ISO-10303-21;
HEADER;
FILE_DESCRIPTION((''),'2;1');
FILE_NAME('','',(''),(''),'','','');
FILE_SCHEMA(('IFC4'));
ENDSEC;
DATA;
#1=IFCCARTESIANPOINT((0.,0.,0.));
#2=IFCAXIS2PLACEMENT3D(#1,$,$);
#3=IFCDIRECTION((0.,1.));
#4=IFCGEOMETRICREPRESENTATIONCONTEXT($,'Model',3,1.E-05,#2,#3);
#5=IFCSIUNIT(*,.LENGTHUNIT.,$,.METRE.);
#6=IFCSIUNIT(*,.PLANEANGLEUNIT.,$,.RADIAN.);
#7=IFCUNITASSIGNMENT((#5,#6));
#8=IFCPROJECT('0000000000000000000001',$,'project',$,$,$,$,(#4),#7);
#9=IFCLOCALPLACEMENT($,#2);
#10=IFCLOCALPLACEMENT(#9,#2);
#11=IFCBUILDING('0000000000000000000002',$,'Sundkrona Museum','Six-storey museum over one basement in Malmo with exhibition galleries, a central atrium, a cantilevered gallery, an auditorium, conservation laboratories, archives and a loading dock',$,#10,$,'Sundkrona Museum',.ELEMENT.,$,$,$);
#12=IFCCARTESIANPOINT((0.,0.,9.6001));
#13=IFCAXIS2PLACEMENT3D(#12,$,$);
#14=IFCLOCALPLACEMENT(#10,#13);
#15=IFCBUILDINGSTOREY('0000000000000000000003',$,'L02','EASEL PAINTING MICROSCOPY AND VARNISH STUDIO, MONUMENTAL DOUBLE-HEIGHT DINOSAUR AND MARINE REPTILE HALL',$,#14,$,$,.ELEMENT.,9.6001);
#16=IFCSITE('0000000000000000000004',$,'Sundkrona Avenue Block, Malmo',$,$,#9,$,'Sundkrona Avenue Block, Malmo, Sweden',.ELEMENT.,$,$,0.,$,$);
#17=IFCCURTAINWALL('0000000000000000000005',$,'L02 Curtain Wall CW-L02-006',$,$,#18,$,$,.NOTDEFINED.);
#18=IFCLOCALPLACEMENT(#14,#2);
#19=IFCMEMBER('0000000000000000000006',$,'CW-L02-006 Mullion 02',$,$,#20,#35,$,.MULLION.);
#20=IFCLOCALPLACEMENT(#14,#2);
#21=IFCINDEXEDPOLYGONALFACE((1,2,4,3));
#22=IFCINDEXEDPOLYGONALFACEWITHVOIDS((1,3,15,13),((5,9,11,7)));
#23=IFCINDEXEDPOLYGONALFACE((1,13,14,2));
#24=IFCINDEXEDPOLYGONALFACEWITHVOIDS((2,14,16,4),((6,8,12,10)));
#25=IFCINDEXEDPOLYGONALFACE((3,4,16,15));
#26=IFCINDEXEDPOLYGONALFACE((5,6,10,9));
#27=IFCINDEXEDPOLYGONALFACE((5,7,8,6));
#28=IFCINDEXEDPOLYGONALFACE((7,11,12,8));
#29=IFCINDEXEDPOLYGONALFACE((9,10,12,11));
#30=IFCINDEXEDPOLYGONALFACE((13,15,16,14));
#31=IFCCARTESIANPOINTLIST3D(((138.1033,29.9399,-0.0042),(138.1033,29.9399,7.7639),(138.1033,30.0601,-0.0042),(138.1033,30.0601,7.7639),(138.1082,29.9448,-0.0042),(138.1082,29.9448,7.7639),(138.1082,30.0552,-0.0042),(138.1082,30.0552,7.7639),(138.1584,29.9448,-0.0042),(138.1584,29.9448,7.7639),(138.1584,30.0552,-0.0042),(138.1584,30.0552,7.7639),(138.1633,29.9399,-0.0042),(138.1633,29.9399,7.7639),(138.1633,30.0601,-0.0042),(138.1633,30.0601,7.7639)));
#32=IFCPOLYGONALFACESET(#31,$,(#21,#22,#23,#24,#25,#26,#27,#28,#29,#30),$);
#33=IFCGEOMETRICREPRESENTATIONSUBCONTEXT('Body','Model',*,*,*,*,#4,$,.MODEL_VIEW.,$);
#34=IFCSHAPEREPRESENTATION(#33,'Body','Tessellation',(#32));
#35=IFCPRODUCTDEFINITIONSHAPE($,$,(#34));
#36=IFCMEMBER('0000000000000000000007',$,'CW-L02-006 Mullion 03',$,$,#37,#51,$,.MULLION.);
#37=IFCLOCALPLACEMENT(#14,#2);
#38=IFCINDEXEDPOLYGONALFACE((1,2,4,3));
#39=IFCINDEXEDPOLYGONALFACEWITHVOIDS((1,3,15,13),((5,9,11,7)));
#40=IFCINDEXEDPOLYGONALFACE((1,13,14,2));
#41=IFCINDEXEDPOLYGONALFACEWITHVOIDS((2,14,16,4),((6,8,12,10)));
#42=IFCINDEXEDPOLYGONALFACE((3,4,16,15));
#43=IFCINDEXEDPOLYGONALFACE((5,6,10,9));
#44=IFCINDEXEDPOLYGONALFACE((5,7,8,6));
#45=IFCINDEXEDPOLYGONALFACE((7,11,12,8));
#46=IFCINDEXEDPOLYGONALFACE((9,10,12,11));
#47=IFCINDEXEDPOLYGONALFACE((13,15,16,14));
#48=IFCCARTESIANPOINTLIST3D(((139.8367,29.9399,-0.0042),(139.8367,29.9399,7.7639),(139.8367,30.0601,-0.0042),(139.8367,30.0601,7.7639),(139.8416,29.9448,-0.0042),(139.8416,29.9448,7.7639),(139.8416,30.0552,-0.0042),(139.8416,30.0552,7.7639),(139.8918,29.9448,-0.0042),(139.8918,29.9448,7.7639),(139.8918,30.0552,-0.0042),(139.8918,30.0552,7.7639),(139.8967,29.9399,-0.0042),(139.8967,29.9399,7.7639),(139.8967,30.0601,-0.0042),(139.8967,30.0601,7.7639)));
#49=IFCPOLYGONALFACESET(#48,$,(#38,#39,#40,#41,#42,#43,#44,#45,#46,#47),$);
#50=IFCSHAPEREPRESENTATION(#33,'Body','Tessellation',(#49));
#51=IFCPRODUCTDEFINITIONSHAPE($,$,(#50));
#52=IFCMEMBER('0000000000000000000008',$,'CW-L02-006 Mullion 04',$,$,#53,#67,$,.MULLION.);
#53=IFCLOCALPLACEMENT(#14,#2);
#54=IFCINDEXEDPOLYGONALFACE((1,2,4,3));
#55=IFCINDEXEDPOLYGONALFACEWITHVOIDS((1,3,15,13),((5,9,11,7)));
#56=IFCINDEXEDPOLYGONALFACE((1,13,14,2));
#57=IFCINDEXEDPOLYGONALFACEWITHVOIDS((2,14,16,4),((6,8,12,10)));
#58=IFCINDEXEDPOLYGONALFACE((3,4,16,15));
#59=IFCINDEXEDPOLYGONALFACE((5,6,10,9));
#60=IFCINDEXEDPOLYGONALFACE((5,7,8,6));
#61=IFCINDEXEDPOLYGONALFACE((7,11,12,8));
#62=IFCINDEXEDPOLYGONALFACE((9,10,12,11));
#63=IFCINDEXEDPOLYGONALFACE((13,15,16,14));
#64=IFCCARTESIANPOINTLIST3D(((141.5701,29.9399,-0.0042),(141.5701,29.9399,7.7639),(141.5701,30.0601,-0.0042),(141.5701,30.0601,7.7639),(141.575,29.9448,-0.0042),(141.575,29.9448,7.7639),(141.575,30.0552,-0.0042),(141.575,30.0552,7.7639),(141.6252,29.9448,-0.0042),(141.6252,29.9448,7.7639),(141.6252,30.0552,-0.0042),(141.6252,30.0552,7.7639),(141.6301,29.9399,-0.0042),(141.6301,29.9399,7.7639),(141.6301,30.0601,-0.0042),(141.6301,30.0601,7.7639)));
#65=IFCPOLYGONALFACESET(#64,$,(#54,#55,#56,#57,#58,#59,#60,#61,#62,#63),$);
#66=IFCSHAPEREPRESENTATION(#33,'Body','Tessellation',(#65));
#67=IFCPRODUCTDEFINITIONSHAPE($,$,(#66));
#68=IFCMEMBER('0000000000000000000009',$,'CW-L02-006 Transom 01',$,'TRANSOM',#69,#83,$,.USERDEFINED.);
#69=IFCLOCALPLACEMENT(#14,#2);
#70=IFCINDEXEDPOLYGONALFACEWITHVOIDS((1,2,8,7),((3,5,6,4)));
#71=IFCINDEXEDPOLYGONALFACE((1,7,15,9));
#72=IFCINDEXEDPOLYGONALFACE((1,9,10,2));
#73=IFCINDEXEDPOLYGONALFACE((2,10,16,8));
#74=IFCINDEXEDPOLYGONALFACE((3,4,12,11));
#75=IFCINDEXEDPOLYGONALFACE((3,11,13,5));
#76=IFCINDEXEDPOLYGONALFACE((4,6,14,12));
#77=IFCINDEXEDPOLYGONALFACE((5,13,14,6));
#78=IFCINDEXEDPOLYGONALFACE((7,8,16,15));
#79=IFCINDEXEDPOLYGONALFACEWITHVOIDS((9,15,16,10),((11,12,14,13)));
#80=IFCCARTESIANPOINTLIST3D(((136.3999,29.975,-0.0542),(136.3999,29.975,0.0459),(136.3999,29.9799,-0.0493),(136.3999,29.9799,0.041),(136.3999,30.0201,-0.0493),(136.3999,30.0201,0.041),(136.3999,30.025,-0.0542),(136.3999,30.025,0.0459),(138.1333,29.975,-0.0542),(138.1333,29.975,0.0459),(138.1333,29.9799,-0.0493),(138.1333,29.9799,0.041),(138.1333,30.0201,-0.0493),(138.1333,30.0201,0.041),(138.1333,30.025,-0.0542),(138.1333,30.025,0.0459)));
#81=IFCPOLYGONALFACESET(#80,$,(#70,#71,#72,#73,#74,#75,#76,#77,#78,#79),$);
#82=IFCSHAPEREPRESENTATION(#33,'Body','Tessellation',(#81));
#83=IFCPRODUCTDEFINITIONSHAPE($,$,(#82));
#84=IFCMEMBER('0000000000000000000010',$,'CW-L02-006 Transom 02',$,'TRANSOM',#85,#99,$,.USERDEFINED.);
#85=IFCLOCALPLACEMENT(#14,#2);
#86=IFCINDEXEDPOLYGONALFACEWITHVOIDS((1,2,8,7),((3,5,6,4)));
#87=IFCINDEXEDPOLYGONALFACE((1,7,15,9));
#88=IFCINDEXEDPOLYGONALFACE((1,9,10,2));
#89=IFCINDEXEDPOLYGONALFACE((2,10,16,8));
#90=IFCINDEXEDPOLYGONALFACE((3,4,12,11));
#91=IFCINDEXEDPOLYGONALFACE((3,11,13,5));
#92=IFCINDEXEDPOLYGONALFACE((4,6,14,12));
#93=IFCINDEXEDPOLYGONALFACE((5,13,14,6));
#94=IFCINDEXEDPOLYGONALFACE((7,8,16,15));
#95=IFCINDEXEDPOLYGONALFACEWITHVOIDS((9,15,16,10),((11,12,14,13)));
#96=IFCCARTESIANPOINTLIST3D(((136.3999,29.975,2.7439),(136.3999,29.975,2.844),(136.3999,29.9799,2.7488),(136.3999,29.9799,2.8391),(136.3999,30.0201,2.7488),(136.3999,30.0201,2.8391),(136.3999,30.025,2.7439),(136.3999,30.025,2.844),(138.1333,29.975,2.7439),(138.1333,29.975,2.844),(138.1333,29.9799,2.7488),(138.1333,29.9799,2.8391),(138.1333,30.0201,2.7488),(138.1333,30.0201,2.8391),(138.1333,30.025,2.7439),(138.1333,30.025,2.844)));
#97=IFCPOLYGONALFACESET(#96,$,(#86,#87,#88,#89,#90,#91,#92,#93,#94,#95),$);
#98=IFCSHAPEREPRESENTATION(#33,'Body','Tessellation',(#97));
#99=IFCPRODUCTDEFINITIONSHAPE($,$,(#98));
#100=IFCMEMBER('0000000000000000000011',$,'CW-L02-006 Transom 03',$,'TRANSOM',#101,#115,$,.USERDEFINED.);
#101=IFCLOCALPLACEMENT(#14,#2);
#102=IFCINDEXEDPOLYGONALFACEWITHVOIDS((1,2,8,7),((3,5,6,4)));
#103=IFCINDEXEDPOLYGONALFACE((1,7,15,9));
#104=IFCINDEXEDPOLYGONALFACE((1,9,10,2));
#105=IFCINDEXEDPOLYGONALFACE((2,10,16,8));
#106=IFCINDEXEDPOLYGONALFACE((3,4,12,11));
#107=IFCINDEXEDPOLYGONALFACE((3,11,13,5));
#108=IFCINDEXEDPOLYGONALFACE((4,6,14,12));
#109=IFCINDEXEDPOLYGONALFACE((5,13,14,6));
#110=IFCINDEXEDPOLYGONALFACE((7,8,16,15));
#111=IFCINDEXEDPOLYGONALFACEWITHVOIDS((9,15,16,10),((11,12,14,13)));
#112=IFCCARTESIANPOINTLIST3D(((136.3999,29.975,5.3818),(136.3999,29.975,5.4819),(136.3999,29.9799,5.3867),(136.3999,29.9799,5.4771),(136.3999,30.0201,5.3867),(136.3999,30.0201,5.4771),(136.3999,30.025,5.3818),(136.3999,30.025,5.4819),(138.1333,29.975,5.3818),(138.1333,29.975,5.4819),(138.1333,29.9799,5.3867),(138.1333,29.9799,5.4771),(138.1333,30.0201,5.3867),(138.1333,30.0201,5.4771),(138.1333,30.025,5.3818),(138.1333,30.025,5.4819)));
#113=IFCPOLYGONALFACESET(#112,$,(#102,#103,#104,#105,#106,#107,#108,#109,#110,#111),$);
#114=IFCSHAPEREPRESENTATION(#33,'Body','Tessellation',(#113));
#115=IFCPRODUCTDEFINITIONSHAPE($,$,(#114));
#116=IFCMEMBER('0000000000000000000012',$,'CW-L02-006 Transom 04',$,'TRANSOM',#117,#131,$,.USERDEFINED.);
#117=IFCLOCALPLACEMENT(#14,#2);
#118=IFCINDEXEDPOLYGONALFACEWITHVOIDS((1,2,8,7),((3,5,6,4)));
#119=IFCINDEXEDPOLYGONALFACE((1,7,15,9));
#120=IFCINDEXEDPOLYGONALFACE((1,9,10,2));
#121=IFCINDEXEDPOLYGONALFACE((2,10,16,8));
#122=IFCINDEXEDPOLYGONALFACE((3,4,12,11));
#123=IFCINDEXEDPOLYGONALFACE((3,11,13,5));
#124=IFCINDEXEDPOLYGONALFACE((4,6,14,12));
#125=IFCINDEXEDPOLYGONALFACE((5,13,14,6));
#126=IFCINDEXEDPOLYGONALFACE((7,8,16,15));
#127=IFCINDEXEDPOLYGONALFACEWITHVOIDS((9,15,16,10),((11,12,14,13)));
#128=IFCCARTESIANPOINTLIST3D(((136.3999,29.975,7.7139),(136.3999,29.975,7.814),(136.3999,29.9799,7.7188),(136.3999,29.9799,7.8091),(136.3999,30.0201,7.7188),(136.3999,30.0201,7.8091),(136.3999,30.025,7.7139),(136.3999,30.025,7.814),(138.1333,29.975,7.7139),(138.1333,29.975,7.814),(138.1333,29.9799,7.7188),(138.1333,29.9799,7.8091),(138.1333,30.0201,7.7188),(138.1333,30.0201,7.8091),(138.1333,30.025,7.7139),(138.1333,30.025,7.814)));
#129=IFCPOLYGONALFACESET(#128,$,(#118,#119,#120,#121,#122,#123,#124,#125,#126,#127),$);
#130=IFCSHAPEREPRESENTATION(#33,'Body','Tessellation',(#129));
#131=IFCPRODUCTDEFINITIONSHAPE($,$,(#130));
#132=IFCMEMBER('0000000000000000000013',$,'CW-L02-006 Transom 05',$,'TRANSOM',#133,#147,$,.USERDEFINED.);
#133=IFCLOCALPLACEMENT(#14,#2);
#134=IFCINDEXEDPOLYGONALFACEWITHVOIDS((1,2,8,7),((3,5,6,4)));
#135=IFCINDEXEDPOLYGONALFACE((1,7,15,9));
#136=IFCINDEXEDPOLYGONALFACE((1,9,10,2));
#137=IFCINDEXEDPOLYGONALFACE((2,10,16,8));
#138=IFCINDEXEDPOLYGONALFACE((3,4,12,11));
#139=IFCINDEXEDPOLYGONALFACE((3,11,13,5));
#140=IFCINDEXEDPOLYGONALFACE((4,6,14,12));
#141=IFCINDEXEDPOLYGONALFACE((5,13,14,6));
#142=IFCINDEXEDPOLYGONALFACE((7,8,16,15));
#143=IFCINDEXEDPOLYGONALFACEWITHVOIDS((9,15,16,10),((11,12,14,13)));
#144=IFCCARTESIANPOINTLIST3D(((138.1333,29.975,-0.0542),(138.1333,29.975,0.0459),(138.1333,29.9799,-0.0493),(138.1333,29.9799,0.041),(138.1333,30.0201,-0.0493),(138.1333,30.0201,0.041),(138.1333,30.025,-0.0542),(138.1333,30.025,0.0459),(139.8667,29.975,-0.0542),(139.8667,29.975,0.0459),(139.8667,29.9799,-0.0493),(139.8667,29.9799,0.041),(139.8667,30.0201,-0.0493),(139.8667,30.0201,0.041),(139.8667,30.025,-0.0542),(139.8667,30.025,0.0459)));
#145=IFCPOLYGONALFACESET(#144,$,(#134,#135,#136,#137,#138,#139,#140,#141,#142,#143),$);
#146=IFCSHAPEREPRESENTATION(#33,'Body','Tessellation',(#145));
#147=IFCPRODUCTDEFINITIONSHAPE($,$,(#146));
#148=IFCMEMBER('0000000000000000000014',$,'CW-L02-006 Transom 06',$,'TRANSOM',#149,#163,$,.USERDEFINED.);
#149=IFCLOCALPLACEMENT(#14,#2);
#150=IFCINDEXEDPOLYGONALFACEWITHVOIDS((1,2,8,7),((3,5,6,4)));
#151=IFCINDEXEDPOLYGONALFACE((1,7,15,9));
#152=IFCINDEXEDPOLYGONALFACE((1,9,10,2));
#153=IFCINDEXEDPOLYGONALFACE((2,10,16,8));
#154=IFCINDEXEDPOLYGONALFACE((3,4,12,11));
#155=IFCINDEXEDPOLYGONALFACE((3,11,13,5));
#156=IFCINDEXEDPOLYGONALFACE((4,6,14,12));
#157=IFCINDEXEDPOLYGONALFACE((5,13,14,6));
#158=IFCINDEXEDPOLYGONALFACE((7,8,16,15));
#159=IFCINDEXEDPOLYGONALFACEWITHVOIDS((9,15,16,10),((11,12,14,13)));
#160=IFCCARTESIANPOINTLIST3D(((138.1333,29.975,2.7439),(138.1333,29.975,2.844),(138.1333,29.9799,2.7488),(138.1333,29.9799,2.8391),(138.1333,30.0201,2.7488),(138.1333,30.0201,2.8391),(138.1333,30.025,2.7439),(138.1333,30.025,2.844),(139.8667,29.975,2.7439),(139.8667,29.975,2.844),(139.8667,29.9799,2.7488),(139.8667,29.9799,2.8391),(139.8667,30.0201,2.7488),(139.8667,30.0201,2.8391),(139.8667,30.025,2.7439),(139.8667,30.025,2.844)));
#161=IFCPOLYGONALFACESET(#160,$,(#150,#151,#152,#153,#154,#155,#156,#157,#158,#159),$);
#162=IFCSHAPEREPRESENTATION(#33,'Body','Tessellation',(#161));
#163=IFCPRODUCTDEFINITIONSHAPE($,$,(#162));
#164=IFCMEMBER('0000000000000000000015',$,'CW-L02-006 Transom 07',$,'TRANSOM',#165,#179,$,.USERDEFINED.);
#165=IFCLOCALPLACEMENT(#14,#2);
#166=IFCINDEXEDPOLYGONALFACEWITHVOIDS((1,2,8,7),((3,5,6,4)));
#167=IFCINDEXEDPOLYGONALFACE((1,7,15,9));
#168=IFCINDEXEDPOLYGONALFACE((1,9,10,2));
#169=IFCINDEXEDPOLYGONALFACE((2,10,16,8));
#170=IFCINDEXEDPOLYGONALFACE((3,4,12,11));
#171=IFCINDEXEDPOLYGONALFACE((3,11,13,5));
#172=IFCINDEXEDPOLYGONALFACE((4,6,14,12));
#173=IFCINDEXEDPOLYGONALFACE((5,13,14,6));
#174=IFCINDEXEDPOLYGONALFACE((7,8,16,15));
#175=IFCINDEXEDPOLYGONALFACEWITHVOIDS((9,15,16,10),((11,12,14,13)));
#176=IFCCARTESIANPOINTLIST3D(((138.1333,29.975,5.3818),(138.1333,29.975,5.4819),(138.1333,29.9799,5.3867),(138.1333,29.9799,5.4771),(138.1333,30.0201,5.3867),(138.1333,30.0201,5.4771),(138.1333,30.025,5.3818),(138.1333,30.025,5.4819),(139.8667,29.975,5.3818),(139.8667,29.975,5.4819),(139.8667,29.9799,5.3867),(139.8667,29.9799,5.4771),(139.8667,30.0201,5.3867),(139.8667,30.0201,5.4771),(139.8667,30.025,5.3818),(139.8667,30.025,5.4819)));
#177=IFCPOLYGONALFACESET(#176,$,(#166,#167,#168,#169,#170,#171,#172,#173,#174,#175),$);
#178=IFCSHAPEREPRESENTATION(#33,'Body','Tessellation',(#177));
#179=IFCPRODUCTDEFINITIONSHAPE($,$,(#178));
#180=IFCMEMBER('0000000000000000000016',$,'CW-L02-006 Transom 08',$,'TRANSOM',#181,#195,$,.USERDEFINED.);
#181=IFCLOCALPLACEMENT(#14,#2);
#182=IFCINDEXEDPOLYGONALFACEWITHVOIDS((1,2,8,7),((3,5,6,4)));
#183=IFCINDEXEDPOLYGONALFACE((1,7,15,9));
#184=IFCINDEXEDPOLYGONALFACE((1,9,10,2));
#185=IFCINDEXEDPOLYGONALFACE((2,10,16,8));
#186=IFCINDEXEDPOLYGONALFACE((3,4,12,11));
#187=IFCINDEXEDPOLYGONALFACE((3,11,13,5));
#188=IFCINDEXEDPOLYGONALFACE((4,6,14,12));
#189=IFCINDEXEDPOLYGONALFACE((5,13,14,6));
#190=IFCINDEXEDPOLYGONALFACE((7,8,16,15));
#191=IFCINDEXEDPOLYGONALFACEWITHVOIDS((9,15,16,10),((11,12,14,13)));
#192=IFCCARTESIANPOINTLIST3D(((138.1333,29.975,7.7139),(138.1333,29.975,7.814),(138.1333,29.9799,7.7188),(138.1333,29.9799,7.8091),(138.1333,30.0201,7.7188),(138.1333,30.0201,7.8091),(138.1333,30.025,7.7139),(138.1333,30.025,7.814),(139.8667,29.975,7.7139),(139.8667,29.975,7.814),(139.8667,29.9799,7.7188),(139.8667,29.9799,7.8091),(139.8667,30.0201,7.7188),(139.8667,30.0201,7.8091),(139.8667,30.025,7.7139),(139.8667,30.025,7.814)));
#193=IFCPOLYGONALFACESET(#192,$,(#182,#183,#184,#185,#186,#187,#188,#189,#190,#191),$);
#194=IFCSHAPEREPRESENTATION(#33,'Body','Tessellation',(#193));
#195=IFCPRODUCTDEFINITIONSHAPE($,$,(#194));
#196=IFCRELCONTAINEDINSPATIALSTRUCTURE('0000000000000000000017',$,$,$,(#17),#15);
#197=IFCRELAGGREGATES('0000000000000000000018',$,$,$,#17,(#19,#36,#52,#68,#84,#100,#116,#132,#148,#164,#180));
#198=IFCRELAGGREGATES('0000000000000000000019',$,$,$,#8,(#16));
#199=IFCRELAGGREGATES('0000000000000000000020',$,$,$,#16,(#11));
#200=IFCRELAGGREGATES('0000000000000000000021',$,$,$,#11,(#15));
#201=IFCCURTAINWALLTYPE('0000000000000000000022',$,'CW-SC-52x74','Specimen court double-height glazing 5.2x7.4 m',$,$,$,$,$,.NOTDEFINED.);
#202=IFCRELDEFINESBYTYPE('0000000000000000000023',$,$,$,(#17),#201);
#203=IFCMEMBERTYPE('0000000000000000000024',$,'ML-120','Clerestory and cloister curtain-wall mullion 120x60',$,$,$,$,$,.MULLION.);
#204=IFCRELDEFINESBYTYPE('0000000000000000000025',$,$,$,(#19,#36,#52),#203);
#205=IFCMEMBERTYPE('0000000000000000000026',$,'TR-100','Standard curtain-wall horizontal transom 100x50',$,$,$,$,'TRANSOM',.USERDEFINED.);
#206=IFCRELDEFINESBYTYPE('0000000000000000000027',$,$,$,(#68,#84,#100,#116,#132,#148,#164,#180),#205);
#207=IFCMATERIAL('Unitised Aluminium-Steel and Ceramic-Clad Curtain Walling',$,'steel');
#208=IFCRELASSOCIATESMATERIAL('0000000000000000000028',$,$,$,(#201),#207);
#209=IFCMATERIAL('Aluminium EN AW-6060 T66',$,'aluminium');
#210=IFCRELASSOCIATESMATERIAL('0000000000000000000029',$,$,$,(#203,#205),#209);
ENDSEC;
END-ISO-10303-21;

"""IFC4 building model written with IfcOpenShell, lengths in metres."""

from ifc_helpers import new_model, si_unit, direction, frame, origin, origin_2d, place, context, subcontext, project, spatial, hollow_rectangle, extrude, material, material_profile, profile_set, type_object, element, aggregate, save


model = new_model("IFC4")

# Units and contexts
model_context = context("Model", 3, precision=1e-05, world=origin(), true_north=direction((0.0, 1.0)))
body_context = subcontext(model_context, "Body", "Model", "MODEL_VIEW")
ifc_project = project(units=[si_unit("LENGTHUNIT", "METRE"), si_unit("PLANEANGLEUNIT", "RADIAN")], contexts=[model_context])

# Site, building, storey
site_placement = place(None, origin())
site = spatial("IfcSite", under=ifc_project, at=site_placement, Name="Sundkrona Avenue Block, Malmo", LongName="Sundkrona Avenue Block, Malmo, Sweden", CompositionType="ELEMENT", RefElevation=0.0)
building_placement = place(site_placement, origin())
building = spatial("IfcBuilding", under=site, at=building_placement, Name="Sundkrona Museum", Description="Six-storey museum over one basement in Malmo with exhibition galleries, a central atrium, a cantilevered gallery, an auditorium, conservation laboratories, archives and a loading dock", LongName="Sundkrona Museum", CompositionType="ELEMENT")
storey_placement = place(building_placement, frame((0.0, 0.0, 9.6001)))
storey = spatial("IfcBuildingStorey", under=building, at=storey_placement, Name="L02", Description="EASEL PAINTING MICROSCOPY AND VARNISH STUDIO, MONUMENTAL DOUBLE-HEIGHT DINOSAUR AND MARINE REPTILE HALL", CompositionType="ELEMENT", Elevation=9.6001)

# Curtain wall, members
ifc_material_1 = material(Name="Unitised Aluminium-Steel and Ceramic-Clad Curtain Walling", Category="steel")
curtain_wall_type = type_object("IfcCurtainWallType", Name="CW-SC-52x74", Description="Specimen court double-height glazing 5.2x7.4 m", PredefinedType="NOTDEFINED", material=ifc_material_1)
curtain_wall_placement = place(storey_placement, origin())
curtain_wall = element("IfcCurtainWall", 1, at=curtain_wall_placement, inside=storey, type_object=curtain_wall_type, Name="L02 Curtain Wall CW-L02-006", PredefinedType="NOTDEFINED")
ifc_material_2 = material(Name="Aluminium EN AW-6060 T66", Category="aluminium")
ifc_material_profile_1 = material_profile(ifc_material_2, hollow_rectangle(XDim=0.0601, YDim=0.1201, WallThickness=0.0049, at=origin_2d()), Name="RHS 120x60x5.0")
ifc_profile_set_1 = profile_set([ifc_material_profile_1], Name="Aluminium EN AW-6060 T66")
member_type_1 = type_object("IfcMemberType", Name="ML-120", Description="Clerestory and cloister curtain-wall mullion 120x60", PredefinedType="MULLION", material=ifc_profile_set_1)
member_1_placement = place(storey_placement, frame((138.1333, 30.0, -0.0042), z_axis=(0.0, 0.0, 1.0), x_axis=(1.0, 0.0, 0.0)))
member_1 = element("IfcMember", 2, at=member_1_placement, type_object=member_type_1, Name="CW-L02-006 Mullion 02", PredefinedType="MULLION", context=body_context, shape_type="SweptSolid", body=[
    extrude(hollow_rectangle(XDim=0.0601, YDim=0.1201, WallThickness=0.0049, at=origin_2d()), origin(), (0.0, 0.0, 1.0), 7.7681),
])
member_2_placement = place(storey_placement, frame((139.8667, 30.0, -0.0042), z_axis=(0.0, 0.0, 1.0), x_axis=(1.0, 0.0, 0.0)))
member_2 = element("IfcMember", 3, at=member_2_placement, type_object=member_type_1, Name="CW-L02-006 Mullion 03", PredefinedType="MULLION", context=body_context, shape_type="SweptSolid", body=[
    extrude(hollow_rectangle(XDim=0.0601, YDim=0.1201, WallThickness=0.0049, at=origin_2d()), origin(), (0.0, 0.0, 1.0), 7.7681),
])
member_3_placement = place(storey_placement, frame((141.6001, 30.0, -0.0042), z_axis=(0.0, 0.0, 1.0), x_axis=(1.0, 0.0, 0.0)))
member_3 = element("IfcMember", 4, at=member_3_placement, type_object=member_type_1, Name="CW-L02-006 Mullion 04", PredefinedType="MULLION", context=body_context, shape_type="SweptSolid", body=[
    extrude(hollow_rectangle(XDim=0.0601, YDim=0.1201, WallThickness=0.0049, at=origin_2d()), origin(), (0.0, 0.0, 1.0), 7.7681),
])
ifc_material_profile_2 = material_profile(ifc_material_2, hollow_rectangle(XDim=0.05, YDim=0.1001, WallThickness=0.0049, at=origin_2d()), Name="RHS 100x50x5.0")
ifc_profile_set_2 = profile_set([ifc_material_profile_2], Name="Aluminium EN AW-6060 T66")
member_type_2 = type_object("IfcMemberType", Name="TR-100", Description="Standard curtain-wall horizontal transom 100x50", ElementType="TRANSOM", PredefinedType="USERDEFINED", material=ifc_profile_set_2)
member_4_placement = place(storey_placement, frame((136.3999, 30.0, -0.0042), z_axis=(1.0, 0.0, 0.0), x_axis=(0.0, 1.0, 0.0)))
member_4 = element("IfcMember", 5, at=member_4_placement, type_object=member_type_2, Name="CW-L02-006 Transom 01", ObjectType="TRANSOM", PredefinedType="USERDEFINED", context=body_context, shape_type="SweptSolid", body=[
    extrude(hollow_rectangle(XDim=0.05, YDim=0.1001, WallThickness=0.0049, at=origin_2d()), origin(), (0.0, 0.0, 1.0), 1.7334),
])
member_5_placement = place(storey_placement, frame((136.3999, 30.0, 2.7939), z_axis=(1.0, 0.0, 0.0), x_axis=(0.0, 1.0, 0.0)))
member_5 = element("IfcMember", 6, at=member_5_placement, type_object=member_type_2, Name="CW-L02-006 Transom 02", ObjectType="TRANSOM", PredefinedType="USERDEFINED", context=body_context, shape_type="SweptSolid", body=[
    extrude(hollow_rectangle(XDim=0.05, YDim=0.1001, WallThickness=0.0049, at=origin_2d()), origin(), (0.0, 0.0, 1.0), 1.7334),
])
member_6_placement = place(storey_placement, frame((136.3999, 30.0, 5.4319), z_axis=(1.0, 0.0, 0.0), x_axis=(0.0, 1.0, 0.0)))
member_6 = element("IfcMember", 7, at=member_6_placement, type_object=member_type_2, Name="CW-L02-006 Transom 03", ObjectType="TRANSOM", PredefinedType="USERDEFINED", context=body_context, shape_type="SweptSolid", body=[
    extrude(hollow_rectangle(XDim=0.05, YDim=0.1001, WallThickness=0.0049, at=origin_2d()), origin(), (0.0, 0.0, 1.0), 1.7334),
])
member_7_placement = place(storey_placement, frame((136.3999, 30.0, 7.7639), z_axis=(1.0, 0.0, 0.0), x_axis=(0.0, 1.0, 0.0)))
member_7 = element("IfcMember", 8, at=member_7_placement, type_object=member_type_2, Name="CW-L02-006 Transom 04", ObjectType="TRANSOM", PredefinedType="USERDEFINED", context=body_context, shape_type="SweptSolid", body=[
    extrude(hollow_rectangle(XDim=0.05, YDim=0.1001, WallThickness=0.0049, at=origin_2d()), origin(), (0.0, 0.0, 1.0), 1.7334),
])
member_8_placement = place(storey_placement, frame((138.1333, 30.0, -0.0042), z_axis=(1.0, 0.0, 0.0), x_axis=(0.0, 1.0, 0.0)))
member_8 = element("IfcMember", 9, at=member_8_placement, type_object=member_type_2, Name="CW-L02-006 Transom 05", ObjectType="TRANSOM", PredefinedType="USERDEFINED", context=body_context, shape_type="SweptSolid", body=[
    extrude(hollow_rectangle(XDim=0.05, YDim=0.1001, WallThickness=0.0049, at=origin_2d()), origin(), (0.0, 0.0, 1.0), 1.7334),
])
member_9_placement = place(storey_placement, frame((138.1333, 30.0, 2.7939), z_axis=(1.0, 0.0, 0.0), x_axis=(0.0, 1.0, 0.0)))
member_9 = element("IfcMember", 10, at=member_9_placement, type_object=member_type_2, Name="CW-L02-006 Transom 06", ObjectType="TRANSOM", PredefinedType="USERDEFINED", context=body_context, shape_type="SweptSolid", body=[
    extrude(hollow_rectangle(XDim=0.05, YDim=0.1001, WallThickness=0.0049, at=origin_2d()), origin(), (0.0, 0.0, 1.0), 1.7334),
])
member_10_placement = place(storey_placement, frame((138.1333, 30.0, 5.4319), z_axis=(1.0, 0.0, 0.0), x_axis=(0.0, 1.0, 0.0)))
member_10 = element("IfcMember", 11, at=member_10_placement, type_object=member_type_2, Name="CW-L02-006 Transom 07", ObjectType="TRANSOM", PredefinedType="USERDEFINED", context=body_context, shape_type="SweptSolid", body=[
    extrude(hollow_rectangle(XDim=0.05, YDim=0.1001, WallThickness=0.0049, at=origin_2d()), origin(), (0.0, 0.0, 1.0), 1.7334),
])
member_11_placement = place(storey_placement, frame((138.1333, 30.0, 7.7639), z_axis=(1.0, 0.0, 0.0), x_axis=(0.0, 1.0, 0.0)))
member_11 = element("IfcMember", 12, at=member_11_placement, type_object=member_type_2, Name="CW-L02-006 Transom 08", ObjectType="TRANSOM", PredefinedType="USERDEFINED", context=body_context, shape_type="SweptSolid", body=[
    extrude(hollow_rectangle(XDim=0.05, YDim=0.1001, WallThickness=0.0049, at=origin_2d()), origin(), (0.0, 0.0, 1.0), 1.7334),
])
aggregate(curtain_wall, [member_1, member_2, member_3, member_4, member_5, member_6, member_7, member_8, member_9, member_10, member_11])

save(model, "model.ifc")
